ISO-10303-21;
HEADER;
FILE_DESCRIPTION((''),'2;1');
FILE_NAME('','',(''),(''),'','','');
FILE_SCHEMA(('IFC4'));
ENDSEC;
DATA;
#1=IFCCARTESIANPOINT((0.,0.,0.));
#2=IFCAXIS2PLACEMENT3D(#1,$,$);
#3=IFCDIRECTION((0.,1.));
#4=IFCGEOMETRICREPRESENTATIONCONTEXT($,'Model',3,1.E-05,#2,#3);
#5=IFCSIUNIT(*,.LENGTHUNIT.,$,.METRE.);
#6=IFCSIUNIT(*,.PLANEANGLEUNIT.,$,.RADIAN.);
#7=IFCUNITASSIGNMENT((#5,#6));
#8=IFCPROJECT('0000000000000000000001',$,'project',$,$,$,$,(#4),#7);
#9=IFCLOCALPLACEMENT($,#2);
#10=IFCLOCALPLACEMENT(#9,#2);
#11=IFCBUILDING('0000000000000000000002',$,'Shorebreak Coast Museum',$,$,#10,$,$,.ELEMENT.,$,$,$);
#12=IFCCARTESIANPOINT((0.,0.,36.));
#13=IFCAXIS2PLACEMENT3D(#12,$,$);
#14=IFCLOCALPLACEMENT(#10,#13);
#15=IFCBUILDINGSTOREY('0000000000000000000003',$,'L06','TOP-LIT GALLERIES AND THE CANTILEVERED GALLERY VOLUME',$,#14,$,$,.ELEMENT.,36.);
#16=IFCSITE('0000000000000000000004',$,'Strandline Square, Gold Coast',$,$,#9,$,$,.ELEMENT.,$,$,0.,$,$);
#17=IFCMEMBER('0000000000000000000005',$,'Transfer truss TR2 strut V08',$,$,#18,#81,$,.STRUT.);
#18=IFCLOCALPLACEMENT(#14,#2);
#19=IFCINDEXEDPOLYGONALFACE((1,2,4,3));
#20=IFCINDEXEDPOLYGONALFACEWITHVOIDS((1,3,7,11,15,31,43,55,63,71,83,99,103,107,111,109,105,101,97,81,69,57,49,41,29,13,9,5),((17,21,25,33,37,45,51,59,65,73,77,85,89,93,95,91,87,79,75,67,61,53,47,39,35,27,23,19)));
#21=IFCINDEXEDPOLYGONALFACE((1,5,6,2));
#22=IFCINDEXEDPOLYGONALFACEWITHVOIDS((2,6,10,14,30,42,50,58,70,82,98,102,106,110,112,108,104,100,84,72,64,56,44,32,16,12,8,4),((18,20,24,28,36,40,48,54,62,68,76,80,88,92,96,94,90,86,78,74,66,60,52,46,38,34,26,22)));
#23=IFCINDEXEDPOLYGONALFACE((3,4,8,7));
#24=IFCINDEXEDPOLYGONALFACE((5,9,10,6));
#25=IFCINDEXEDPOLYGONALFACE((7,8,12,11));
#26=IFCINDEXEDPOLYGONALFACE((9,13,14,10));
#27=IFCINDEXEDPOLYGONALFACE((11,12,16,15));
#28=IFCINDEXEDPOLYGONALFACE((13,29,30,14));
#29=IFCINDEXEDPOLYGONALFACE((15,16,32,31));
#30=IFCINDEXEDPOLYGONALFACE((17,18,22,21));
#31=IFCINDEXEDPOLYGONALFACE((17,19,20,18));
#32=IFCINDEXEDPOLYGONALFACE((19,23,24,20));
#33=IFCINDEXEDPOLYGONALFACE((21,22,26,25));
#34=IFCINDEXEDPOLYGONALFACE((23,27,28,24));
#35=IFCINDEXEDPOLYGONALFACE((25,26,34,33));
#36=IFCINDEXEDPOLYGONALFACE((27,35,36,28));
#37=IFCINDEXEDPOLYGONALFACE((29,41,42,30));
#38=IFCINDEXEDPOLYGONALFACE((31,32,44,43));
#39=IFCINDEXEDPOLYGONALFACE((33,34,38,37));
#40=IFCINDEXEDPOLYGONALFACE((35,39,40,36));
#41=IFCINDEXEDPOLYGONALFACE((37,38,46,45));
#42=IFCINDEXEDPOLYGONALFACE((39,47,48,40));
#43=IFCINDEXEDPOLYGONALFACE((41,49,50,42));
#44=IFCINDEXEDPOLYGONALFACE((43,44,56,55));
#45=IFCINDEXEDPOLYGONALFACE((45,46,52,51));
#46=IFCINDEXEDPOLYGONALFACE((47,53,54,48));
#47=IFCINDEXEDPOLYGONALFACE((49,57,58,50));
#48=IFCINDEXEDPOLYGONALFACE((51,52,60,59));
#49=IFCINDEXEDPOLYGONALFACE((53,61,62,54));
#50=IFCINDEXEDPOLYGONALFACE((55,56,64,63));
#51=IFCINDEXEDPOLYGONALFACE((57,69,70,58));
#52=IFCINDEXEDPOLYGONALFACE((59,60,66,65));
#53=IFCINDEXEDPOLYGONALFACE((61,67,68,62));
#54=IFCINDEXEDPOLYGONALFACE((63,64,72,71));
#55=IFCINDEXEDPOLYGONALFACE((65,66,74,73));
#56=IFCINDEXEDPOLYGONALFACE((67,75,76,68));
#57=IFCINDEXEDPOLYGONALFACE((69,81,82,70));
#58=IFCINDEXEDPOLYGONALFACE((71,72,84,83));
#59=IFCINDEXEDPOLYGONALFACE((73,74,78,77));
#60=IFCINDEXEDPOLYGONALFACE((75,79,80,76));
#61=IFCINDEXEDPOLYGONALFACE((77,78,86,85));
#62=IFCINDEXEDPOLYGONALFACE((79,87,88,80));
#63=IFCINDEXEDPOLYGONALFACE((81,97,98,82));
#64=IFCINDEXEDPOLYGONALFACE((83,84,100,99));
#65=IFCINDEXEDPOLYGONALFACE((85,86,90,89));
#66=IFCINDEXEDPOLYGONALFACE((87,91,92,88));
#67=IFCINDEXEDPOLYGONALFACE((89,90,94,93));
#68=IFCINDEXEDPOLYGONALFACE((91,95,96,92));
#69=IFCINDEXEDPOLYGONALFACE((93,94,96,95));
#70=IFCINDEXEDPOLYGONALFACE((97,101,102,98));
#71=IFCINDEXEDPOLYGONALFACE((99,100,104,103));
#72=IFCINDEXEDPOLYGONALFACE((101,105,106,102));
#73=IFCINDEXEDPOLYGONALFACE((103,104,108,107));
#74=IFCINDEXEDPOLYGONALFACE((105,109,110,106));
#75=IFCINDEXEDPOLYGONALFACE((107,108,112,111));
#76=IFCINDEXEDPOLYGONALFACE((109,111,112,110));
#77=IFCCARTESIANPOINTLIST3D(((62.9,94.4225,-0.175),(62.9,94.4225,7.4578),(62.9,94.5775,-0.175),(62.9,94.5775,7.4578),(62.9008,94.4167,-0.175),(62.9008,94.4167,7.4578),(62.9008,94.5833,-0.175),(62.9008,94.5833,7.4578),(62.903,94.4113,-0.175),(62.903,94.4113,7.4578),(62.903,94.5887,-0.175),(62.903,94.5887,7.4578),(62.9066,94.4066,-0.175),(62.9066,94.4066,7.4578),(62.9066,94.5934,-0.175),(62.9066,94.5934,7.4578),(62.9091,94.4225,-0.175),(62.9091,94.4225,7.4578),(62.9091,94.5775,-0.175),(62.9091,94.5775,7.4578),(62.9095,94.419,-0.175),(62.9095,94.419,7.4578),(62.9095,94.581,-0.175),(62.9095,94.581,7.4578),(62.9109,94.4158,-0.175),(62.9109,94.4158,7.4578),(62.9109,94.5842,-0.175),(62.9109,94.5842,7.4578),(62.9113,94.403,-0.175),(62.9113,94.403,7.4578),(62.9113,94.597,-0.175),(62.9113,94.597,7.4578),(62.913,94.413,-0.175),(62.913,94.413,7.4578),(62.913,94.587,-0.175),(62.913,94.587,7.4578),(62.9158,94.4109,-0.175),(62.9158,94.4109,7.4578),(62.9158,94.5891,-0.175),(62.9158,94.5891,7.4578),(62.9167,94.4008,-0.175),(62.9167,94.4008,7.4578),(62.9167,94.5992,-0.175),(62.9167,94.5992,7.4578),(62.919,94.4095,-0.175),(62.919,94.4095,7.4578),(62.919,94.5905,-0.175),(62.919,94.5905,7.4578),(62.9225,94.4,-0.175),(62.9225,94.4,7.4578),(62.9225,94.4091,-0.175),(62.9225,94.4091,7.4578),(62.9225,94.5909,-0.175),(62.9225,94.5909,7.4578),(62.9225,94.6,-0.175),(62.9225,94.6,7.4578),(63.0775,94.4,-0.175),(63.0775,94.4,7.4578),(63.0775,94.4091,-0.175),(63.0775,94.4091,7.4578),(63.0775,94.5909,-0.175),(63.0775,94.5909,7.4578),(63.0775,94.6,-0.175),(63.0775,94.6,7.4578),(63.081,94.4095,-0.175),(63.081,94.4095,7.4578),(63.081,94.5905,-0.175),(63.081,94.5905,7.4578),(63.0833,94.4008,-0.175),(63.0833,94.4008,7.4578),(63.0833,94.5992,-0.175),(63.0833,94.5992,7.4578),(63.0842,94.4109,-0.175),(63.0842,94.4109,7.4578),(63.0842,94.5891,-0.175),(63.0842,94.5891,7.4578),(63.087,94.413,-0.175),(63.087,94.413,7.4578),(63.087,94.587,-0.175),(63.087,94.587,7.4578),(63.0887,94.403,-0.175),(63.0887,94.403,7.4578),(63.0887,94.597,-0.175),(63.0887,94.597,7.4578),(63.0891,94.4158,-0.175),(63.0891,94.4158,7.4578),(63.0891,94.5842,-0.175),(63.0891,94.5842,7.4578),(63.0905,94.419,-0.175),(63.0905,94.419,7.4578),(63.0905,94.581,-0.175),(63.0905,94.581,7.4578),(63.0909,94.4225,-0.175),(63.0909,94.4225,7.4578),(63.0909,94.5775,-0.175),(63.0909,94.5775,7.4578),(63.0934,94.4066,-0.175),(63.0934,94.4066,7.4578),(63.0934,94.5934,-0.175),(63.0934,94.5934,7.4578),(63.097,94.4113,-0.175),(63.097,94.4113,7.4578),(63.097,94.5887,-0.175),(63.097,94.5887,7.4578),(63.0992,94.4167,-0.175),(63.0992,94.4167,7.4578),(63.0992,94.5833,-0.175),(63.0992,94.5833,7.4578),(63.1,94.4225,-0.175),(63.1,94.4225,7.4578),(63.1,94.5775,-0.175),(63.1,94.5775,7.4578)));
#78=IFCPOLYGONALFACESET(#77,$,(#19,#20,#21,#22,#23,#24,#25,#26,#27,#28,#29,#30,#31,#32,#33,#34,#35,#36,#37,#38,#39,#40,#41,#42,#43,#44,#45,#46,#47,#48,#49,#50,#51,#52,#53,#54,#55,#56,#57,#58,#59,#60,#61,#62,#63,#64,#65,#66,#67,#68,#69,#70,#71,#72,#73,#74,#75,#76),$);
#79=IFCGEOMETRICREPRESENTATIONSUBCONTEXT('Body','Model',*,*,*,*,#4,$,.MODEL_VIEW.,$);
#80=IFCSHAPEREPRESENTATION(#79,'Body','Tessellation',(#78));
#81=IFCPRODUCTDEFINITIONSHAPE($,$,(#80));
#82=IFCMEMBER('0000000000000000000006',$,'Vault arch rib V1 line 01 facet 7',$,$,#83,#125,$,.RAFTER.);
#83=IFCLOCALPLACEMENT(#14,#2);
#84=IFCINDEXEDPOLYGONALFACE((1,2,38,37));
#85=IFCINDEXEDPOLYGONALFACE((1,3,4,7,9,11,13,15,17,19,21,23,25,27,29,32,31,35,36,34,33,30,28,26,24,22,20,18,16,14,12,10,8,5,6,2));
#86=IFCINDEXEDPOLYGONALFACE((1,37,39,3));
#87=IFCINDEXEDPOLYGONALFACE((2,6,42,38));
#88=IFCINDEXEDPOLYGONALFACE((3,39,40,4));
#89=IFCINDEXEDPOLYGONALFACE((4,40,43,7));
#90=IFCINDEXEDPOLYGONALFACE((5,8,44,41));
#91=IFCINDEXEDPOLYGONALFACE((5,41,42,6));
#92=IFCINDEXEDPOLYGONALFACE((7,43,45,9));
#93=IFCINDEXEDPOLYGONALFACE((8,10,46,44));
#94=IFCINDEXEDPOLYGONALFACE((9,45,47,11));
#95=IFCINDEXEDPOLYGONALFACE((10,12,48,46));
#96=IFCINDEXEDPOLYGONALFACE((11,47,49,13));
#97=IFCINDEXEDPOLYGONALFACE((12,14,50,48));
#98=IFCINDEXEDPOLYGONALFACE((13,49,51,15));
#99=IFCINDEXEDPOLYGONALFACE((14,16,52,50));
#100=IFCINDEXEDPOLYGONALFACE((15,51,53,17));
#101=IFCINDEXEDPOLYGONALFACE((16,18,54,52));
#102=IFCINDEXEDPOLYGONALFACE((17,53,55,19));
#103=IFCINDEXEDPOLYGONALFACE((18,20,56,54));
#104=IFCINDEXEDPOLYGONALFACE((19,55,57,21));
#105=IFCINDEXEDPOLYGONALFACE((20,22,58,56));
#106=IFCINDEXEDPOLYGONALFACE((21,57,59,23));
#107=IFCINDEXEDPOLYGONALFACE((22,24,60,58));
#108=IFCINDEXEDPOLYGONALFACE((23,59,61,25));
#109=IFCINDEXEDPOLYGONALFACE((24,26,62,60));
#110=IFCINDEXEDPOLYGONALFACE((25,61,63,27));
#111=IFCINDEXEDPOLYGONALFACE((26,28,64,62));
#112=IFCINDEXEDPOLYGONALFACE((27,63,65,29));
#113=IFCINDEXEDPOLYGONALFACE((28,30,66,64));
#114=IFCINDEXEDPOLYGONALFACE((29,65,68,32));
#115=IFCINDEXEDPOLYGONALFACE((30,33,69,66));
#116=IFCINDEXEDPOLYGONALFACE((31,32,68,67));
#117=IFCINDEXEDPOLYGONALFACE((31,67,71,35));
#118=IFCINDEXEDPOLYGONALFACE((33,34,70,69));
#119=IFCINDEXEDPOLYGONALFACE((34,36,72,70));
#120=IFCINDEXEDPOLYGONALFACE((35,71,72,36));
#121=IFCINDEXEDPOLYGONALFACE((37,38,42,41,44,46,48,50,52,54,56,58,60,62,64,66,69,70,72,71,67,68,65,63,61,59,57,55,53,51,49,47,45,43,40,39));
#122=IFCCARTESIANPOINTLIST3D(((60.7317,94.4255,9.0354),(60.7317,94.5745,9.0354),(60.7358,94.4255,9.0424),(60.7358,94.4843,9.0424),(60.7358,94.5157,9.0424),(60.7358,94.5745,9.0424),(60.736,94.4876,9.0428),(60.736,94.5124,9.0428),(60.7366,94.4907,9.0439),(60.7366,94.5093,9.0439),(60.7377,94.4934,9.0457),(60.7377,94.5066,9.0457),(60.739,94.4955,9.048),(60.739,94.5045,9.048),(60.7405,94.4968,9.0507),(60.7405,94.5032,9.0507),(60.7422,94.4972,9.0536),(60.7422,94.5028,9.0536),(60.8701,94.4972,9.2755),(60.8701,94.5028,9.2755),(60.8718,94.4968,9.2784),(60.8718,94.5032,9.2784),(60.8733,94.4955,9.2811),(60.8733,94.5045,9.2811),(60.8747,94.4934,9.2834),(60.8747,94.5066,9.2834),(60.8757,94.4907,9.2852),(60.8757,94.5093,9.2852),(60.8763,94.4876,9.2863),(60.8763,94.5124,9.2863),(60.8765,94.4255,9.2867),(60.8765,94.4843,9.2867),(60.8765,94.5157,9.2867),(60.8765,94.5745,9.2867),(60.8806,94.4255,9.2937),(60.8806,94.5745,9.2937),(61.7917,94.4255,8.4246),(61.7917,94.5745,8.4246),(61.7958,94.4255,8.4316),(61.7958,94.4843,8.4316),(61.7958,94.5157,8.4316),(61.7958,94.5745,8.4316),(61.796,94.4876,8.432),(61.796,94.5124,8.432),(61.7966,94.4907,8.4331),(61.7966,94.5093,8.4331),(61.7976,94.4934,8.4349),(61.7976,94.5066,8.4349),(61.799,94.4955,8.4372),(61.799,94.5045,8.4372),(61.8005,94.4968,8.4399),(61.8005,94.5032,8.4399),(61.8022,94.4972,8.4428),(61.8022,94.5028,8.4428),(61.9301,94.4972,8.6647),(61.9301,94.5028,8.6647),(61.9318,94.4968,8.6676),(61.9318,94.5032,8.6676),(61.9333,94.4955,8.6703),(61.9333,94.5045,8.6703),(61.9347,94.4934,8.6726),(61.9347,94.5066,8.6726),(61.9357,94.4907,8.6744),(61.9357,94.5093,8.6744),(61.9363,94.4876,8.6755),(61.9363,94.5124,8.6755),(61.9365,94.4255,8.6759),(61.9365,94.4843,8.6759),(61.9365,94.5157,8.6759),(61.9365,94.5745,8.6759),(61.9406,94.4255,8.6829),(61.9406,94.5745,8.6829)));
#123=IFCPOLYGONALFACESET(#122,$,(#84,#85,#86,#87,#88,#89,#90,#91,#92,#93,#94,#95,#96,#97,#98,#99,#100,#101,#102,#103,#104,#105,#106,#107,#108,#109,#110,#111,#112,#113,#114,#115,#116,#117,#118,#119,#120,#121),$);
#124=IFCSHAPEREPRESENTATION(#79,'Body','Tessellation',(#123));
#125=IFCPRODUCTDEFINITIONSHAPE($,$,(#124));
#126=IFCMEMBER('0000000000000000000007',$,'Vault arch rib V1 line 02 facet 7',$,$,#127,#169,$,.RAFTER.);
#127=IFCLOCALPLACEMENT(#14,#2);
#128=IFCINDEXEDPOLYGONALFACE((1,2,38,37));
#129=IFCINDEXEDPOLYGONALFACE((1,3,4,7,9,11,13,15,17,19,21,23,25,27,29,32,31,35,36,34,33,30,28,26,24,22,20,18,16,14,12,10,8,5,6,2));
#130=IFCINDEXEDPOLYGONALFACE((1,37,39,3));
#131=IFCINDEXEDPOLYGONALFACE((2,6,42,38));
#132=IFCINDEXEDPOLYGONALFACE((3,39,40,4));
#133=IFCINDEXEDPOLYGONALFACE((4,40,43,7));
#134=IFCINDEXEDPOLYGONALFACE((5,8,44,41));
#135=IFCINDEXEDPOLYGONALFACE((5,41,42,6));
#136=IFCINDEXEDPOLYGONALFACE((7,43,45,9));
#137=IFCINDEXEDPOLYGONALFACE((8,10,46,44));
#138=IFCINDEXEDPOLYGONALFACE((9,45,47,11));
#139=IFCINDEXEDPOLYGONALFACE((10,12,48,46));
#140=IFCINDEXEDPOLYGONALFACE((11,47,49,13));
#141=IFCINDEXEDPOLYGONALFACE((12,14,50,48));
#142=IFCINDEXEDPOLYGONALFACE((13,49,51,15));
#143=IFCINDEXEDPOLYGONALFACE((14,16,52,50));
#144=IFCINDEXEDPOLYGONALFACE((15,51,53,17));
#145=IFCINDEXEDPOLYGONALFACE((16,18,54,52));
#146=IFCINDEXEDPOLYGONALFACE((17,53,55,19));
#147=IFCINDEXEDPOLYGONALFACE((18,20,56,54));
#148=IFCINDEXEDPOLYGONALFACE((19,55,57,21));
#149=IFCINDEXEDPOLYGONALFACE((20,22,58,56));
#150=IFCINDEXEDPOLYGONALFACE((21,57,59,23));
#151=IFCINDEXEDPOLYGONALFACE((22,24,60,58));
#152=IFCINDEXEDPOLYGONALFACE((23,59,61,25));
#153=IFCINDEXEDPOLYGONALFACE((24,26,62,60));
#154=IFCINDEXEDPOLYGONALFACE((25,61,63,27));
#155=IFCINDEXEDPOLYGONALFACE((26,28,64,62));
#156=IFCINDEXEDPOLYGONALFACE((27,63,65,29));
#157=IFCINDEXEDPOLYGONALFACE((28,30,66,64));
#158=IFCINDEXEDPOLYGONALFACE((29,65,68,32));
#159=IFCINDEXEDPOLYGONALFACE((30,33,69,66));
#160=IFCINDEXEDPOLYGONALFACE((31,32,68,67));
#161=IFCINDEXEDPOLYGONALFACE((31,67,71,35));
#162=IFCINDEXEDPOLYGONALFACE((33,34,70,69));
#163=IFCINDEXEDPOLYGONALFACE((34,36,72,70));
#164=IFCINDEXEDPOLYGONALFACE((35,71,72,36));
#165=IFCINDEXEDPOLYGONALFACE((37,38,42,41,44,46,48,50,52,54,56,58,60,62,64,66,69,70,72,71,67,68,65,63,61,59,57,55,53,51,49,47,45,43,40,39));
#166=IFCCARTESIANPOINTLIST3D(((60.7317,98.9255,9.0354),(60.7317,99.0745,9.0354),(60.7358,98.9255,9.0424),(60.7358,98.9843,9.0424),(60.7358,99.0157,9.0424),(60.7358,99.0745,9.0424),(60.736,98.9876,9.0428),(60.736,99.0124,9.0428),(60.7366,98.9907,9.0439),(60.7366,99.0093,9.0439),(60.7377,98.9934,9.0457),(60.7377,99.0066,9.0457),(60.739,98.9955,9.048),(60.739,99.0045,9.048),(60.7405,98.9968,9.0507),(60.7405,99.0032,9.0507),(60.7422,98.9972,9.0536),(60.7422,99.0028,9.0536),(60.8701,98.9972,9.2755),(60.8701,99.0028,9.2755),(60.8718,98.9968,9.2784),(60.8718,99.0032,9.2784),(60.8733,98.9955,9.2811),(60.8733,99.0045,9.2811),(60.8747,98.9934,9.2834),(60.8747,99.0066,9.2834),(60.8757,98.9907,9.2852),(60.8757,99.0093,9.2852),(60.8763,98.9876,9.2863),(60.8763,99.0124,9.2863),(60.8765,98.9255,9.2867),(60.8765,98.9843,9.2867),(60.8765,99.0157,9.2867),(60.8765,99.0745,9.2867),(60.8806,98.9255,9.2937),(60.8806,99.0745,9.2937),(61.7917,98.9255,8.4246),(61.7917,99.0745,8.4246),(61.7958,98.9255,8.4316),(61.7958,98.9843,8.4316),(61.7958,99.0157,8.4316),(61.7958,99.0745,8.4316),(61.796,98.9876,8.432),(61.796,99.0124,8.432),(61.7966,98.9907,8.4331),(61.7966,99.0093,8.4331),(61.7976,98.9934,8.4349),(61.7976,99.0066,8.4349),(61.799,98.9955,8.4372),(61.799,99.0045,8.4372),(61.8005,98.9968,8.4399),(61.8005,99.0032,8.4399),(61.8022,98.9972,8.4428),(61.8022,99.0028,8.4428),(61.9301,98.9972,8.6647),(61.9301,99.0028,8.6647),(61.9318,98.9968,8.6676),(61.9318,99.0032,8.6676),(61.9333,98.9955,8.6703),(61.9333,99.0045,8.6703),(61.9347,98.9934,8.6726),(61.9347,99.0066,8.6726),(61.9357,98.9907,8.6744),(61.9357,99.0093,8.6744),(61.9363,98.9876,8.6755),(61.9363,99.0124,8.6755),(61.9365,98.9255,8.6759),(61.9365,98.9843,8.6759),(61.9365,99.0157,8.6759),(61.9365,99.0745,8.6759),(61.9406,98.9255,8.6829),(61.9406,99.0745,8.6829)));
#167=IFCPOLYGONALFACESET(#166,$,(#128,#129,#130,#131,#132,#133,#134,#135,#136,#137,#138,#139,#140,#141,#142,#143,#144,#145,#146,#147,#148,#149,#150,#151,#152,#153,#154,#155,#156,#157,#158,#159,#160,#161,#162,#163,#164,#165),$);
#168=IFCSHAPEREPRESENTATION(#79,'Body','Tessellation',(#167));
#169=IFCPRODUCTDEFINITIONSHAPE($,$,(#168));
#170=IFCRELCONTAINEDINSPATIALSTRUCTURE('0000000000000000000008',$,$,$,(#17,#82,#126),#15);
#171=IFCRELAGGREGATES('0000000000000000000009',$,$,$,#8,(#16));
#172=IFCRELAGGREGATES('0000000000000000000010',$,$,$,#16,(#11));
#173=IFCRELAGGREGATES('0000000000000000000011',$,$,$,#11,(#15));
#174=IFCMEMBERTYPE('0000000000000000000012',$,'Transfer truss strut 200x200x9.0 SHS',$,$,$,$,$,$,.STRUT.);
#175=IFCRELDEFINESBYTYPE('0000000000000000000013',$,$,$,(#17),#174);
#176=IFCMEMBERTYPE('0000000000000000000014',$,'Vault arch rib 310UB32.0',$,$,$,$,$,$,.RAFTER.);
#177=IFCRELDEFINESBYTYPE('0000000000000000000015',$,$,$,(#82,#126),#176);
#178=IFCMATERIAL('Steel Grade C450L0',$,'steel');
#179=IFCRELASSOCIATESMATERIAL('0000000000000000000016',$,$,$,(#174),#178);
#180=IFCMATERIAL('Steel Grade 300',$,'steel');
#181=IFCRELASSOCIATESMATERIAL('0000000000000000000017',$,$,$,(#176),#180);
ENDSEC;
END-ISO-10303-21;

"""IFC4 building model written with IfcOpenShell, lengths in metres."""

from ifc_helpers import new_model, si_unit, direction, frame, origin, origin_2d, place, context, subcontext, project, spatial, hollow_rectangle, i_section, extrude, material, material_profile, profile_set, type_object, element, save


model = new_model("IFC4")

# Units and contexts
model_context = context("Model", 3, precision=1e-05, world=origin(), true_north=direction((0.0, 1.0)))
body_context = subcontext(model_context, "Body", "Model", "MODEL_VIEW")
ifc_project = project(units=[si_unit("LENGTHUNIT", "METRE"), si_unit("PLANEANGLEUNIT", "RADIAN")], contexts=[model_context])

# Site, building, storey
site_placement = place(None, origin())
site = spatial("IfcSite", under=ifc_project, at=site_placement, Name="Strandline Square, Gold Coast", CompositionType="ELEMENT", RefElevation=0.0)
building_placement = place(site_placement, origin())
building = spatial("IfcBuilding", under=site, at=building_placement, Name="Shorebreak Coast Museum", CompositionType="ELEMENT")
storey_placement = place(building_placement, frame((0.0, 0.0, 36.0)))
storey = spatial("IfcBuildingStorey", under=building, at=storey_placement, Name="L06", Description="TOP-LIT GALLERIES AND THE CANTILEVERED GALLERY VOLUME", CompositionType="ELEMENT", Elevation=36.0)

# Members
ifc_material_1 = material(Name="Steel Grade C450L0", Category="steel")
ifc_material_profile_1 = material_profile(ifc_material_1, hollow_rectangle(XDim=0.2, YDim=0.2, WallThickness=0.009, InnerFilletRadius=0.0134, OuterFilletRadius=0.0225, at=origin_2d()), Name="200x200x9.0 SHS")
ifc_profile_set_1 = profile_set([ifc_material_profile_1], Name="Steel Grade C450L0")
member_type_1 = type_object("IfcMemberType", Name="Transfer truss strut 200x200x9.0 SHS", PredefinedType="STRUT", material=ifc_profile_set_1)
member_1_placement = place(storey_placement, frame((63.0, 94.5, -0.175), z_axis=(0.0, 0.0, 1.0), x_axis=(1.0, 0.0, 0.0)))
element("IfcMember", 1, at=member_1_placement, inside=storey, type_object=member_type_1, Name="Transfer truss TR2 strut V08", PredefinedType="STRUT", context=body_context, shape_type="SweptSolid", body=[
    extrude(hollow_rectangle(XDim=0.2, YDim=0.2, WallThickness=0.009, InnerFilletRadius=0.0134, OuterFilletRadius=0.0225, at=origin_2d()), origin(), (0.0, 0.0, 1.0), 7.6328),
])
ifc_material_2 = material(Name="Steel Grade 300", Category="steel")
ifc_material_profile_2 = material_profile(ifc_material_2, i_section(OverallWidth=0.1489, OverallDepth=0.2981, WebThickness=0.0056, FlangeThickness=0.0081, FilletRadius=0.0129, at=origin_2d()), Name="310UB32.0")
ifc_profile_set_2 = profile_set([ifc_material_profile_2], Name="Steel Grade 300")
member_type_2 = type_object("IfcMemberType", Name="Vault arch rib 310UB32.0", PredefinedType="RAFTER", material=ifc_profile_set_2)
for number, where, z_axis, x_axis, name in (
    (2, (60.8062, 94.5, 9.1646), (0.866445, 0.0, -0.499273), (0.0, 1.0, 0.0), "Vault arch rib V1 line 01 facet 7"),
    (3, (60.8062, 99.0, 9.1646), (0.866445, 0.0, -0.499273), (0.0, 1.0, 0.0), "Vault arch rib V1 line 02 facet 7"),
):
    element("IfcMember", number, at=place(storey_placement, frame(where, z_axis=z_axis, x_axis=x_axis)), inside=storey, type_object=member_type_2, Name=name, PredefinedType="RAFTER", context=body_context, shape_type="SweptSolid", body=[
        extrude(i_section(OverallWidth=0.1489, OverallDepth=0.2981, WebThickness=0.0056, FlangeThickness=0.0081, FilletRadius=0.0129, at=origin_2d()), origin(), (0.0, 0.0, 1.0), 1.2234),
    ])

save(model, "model.ifc")
